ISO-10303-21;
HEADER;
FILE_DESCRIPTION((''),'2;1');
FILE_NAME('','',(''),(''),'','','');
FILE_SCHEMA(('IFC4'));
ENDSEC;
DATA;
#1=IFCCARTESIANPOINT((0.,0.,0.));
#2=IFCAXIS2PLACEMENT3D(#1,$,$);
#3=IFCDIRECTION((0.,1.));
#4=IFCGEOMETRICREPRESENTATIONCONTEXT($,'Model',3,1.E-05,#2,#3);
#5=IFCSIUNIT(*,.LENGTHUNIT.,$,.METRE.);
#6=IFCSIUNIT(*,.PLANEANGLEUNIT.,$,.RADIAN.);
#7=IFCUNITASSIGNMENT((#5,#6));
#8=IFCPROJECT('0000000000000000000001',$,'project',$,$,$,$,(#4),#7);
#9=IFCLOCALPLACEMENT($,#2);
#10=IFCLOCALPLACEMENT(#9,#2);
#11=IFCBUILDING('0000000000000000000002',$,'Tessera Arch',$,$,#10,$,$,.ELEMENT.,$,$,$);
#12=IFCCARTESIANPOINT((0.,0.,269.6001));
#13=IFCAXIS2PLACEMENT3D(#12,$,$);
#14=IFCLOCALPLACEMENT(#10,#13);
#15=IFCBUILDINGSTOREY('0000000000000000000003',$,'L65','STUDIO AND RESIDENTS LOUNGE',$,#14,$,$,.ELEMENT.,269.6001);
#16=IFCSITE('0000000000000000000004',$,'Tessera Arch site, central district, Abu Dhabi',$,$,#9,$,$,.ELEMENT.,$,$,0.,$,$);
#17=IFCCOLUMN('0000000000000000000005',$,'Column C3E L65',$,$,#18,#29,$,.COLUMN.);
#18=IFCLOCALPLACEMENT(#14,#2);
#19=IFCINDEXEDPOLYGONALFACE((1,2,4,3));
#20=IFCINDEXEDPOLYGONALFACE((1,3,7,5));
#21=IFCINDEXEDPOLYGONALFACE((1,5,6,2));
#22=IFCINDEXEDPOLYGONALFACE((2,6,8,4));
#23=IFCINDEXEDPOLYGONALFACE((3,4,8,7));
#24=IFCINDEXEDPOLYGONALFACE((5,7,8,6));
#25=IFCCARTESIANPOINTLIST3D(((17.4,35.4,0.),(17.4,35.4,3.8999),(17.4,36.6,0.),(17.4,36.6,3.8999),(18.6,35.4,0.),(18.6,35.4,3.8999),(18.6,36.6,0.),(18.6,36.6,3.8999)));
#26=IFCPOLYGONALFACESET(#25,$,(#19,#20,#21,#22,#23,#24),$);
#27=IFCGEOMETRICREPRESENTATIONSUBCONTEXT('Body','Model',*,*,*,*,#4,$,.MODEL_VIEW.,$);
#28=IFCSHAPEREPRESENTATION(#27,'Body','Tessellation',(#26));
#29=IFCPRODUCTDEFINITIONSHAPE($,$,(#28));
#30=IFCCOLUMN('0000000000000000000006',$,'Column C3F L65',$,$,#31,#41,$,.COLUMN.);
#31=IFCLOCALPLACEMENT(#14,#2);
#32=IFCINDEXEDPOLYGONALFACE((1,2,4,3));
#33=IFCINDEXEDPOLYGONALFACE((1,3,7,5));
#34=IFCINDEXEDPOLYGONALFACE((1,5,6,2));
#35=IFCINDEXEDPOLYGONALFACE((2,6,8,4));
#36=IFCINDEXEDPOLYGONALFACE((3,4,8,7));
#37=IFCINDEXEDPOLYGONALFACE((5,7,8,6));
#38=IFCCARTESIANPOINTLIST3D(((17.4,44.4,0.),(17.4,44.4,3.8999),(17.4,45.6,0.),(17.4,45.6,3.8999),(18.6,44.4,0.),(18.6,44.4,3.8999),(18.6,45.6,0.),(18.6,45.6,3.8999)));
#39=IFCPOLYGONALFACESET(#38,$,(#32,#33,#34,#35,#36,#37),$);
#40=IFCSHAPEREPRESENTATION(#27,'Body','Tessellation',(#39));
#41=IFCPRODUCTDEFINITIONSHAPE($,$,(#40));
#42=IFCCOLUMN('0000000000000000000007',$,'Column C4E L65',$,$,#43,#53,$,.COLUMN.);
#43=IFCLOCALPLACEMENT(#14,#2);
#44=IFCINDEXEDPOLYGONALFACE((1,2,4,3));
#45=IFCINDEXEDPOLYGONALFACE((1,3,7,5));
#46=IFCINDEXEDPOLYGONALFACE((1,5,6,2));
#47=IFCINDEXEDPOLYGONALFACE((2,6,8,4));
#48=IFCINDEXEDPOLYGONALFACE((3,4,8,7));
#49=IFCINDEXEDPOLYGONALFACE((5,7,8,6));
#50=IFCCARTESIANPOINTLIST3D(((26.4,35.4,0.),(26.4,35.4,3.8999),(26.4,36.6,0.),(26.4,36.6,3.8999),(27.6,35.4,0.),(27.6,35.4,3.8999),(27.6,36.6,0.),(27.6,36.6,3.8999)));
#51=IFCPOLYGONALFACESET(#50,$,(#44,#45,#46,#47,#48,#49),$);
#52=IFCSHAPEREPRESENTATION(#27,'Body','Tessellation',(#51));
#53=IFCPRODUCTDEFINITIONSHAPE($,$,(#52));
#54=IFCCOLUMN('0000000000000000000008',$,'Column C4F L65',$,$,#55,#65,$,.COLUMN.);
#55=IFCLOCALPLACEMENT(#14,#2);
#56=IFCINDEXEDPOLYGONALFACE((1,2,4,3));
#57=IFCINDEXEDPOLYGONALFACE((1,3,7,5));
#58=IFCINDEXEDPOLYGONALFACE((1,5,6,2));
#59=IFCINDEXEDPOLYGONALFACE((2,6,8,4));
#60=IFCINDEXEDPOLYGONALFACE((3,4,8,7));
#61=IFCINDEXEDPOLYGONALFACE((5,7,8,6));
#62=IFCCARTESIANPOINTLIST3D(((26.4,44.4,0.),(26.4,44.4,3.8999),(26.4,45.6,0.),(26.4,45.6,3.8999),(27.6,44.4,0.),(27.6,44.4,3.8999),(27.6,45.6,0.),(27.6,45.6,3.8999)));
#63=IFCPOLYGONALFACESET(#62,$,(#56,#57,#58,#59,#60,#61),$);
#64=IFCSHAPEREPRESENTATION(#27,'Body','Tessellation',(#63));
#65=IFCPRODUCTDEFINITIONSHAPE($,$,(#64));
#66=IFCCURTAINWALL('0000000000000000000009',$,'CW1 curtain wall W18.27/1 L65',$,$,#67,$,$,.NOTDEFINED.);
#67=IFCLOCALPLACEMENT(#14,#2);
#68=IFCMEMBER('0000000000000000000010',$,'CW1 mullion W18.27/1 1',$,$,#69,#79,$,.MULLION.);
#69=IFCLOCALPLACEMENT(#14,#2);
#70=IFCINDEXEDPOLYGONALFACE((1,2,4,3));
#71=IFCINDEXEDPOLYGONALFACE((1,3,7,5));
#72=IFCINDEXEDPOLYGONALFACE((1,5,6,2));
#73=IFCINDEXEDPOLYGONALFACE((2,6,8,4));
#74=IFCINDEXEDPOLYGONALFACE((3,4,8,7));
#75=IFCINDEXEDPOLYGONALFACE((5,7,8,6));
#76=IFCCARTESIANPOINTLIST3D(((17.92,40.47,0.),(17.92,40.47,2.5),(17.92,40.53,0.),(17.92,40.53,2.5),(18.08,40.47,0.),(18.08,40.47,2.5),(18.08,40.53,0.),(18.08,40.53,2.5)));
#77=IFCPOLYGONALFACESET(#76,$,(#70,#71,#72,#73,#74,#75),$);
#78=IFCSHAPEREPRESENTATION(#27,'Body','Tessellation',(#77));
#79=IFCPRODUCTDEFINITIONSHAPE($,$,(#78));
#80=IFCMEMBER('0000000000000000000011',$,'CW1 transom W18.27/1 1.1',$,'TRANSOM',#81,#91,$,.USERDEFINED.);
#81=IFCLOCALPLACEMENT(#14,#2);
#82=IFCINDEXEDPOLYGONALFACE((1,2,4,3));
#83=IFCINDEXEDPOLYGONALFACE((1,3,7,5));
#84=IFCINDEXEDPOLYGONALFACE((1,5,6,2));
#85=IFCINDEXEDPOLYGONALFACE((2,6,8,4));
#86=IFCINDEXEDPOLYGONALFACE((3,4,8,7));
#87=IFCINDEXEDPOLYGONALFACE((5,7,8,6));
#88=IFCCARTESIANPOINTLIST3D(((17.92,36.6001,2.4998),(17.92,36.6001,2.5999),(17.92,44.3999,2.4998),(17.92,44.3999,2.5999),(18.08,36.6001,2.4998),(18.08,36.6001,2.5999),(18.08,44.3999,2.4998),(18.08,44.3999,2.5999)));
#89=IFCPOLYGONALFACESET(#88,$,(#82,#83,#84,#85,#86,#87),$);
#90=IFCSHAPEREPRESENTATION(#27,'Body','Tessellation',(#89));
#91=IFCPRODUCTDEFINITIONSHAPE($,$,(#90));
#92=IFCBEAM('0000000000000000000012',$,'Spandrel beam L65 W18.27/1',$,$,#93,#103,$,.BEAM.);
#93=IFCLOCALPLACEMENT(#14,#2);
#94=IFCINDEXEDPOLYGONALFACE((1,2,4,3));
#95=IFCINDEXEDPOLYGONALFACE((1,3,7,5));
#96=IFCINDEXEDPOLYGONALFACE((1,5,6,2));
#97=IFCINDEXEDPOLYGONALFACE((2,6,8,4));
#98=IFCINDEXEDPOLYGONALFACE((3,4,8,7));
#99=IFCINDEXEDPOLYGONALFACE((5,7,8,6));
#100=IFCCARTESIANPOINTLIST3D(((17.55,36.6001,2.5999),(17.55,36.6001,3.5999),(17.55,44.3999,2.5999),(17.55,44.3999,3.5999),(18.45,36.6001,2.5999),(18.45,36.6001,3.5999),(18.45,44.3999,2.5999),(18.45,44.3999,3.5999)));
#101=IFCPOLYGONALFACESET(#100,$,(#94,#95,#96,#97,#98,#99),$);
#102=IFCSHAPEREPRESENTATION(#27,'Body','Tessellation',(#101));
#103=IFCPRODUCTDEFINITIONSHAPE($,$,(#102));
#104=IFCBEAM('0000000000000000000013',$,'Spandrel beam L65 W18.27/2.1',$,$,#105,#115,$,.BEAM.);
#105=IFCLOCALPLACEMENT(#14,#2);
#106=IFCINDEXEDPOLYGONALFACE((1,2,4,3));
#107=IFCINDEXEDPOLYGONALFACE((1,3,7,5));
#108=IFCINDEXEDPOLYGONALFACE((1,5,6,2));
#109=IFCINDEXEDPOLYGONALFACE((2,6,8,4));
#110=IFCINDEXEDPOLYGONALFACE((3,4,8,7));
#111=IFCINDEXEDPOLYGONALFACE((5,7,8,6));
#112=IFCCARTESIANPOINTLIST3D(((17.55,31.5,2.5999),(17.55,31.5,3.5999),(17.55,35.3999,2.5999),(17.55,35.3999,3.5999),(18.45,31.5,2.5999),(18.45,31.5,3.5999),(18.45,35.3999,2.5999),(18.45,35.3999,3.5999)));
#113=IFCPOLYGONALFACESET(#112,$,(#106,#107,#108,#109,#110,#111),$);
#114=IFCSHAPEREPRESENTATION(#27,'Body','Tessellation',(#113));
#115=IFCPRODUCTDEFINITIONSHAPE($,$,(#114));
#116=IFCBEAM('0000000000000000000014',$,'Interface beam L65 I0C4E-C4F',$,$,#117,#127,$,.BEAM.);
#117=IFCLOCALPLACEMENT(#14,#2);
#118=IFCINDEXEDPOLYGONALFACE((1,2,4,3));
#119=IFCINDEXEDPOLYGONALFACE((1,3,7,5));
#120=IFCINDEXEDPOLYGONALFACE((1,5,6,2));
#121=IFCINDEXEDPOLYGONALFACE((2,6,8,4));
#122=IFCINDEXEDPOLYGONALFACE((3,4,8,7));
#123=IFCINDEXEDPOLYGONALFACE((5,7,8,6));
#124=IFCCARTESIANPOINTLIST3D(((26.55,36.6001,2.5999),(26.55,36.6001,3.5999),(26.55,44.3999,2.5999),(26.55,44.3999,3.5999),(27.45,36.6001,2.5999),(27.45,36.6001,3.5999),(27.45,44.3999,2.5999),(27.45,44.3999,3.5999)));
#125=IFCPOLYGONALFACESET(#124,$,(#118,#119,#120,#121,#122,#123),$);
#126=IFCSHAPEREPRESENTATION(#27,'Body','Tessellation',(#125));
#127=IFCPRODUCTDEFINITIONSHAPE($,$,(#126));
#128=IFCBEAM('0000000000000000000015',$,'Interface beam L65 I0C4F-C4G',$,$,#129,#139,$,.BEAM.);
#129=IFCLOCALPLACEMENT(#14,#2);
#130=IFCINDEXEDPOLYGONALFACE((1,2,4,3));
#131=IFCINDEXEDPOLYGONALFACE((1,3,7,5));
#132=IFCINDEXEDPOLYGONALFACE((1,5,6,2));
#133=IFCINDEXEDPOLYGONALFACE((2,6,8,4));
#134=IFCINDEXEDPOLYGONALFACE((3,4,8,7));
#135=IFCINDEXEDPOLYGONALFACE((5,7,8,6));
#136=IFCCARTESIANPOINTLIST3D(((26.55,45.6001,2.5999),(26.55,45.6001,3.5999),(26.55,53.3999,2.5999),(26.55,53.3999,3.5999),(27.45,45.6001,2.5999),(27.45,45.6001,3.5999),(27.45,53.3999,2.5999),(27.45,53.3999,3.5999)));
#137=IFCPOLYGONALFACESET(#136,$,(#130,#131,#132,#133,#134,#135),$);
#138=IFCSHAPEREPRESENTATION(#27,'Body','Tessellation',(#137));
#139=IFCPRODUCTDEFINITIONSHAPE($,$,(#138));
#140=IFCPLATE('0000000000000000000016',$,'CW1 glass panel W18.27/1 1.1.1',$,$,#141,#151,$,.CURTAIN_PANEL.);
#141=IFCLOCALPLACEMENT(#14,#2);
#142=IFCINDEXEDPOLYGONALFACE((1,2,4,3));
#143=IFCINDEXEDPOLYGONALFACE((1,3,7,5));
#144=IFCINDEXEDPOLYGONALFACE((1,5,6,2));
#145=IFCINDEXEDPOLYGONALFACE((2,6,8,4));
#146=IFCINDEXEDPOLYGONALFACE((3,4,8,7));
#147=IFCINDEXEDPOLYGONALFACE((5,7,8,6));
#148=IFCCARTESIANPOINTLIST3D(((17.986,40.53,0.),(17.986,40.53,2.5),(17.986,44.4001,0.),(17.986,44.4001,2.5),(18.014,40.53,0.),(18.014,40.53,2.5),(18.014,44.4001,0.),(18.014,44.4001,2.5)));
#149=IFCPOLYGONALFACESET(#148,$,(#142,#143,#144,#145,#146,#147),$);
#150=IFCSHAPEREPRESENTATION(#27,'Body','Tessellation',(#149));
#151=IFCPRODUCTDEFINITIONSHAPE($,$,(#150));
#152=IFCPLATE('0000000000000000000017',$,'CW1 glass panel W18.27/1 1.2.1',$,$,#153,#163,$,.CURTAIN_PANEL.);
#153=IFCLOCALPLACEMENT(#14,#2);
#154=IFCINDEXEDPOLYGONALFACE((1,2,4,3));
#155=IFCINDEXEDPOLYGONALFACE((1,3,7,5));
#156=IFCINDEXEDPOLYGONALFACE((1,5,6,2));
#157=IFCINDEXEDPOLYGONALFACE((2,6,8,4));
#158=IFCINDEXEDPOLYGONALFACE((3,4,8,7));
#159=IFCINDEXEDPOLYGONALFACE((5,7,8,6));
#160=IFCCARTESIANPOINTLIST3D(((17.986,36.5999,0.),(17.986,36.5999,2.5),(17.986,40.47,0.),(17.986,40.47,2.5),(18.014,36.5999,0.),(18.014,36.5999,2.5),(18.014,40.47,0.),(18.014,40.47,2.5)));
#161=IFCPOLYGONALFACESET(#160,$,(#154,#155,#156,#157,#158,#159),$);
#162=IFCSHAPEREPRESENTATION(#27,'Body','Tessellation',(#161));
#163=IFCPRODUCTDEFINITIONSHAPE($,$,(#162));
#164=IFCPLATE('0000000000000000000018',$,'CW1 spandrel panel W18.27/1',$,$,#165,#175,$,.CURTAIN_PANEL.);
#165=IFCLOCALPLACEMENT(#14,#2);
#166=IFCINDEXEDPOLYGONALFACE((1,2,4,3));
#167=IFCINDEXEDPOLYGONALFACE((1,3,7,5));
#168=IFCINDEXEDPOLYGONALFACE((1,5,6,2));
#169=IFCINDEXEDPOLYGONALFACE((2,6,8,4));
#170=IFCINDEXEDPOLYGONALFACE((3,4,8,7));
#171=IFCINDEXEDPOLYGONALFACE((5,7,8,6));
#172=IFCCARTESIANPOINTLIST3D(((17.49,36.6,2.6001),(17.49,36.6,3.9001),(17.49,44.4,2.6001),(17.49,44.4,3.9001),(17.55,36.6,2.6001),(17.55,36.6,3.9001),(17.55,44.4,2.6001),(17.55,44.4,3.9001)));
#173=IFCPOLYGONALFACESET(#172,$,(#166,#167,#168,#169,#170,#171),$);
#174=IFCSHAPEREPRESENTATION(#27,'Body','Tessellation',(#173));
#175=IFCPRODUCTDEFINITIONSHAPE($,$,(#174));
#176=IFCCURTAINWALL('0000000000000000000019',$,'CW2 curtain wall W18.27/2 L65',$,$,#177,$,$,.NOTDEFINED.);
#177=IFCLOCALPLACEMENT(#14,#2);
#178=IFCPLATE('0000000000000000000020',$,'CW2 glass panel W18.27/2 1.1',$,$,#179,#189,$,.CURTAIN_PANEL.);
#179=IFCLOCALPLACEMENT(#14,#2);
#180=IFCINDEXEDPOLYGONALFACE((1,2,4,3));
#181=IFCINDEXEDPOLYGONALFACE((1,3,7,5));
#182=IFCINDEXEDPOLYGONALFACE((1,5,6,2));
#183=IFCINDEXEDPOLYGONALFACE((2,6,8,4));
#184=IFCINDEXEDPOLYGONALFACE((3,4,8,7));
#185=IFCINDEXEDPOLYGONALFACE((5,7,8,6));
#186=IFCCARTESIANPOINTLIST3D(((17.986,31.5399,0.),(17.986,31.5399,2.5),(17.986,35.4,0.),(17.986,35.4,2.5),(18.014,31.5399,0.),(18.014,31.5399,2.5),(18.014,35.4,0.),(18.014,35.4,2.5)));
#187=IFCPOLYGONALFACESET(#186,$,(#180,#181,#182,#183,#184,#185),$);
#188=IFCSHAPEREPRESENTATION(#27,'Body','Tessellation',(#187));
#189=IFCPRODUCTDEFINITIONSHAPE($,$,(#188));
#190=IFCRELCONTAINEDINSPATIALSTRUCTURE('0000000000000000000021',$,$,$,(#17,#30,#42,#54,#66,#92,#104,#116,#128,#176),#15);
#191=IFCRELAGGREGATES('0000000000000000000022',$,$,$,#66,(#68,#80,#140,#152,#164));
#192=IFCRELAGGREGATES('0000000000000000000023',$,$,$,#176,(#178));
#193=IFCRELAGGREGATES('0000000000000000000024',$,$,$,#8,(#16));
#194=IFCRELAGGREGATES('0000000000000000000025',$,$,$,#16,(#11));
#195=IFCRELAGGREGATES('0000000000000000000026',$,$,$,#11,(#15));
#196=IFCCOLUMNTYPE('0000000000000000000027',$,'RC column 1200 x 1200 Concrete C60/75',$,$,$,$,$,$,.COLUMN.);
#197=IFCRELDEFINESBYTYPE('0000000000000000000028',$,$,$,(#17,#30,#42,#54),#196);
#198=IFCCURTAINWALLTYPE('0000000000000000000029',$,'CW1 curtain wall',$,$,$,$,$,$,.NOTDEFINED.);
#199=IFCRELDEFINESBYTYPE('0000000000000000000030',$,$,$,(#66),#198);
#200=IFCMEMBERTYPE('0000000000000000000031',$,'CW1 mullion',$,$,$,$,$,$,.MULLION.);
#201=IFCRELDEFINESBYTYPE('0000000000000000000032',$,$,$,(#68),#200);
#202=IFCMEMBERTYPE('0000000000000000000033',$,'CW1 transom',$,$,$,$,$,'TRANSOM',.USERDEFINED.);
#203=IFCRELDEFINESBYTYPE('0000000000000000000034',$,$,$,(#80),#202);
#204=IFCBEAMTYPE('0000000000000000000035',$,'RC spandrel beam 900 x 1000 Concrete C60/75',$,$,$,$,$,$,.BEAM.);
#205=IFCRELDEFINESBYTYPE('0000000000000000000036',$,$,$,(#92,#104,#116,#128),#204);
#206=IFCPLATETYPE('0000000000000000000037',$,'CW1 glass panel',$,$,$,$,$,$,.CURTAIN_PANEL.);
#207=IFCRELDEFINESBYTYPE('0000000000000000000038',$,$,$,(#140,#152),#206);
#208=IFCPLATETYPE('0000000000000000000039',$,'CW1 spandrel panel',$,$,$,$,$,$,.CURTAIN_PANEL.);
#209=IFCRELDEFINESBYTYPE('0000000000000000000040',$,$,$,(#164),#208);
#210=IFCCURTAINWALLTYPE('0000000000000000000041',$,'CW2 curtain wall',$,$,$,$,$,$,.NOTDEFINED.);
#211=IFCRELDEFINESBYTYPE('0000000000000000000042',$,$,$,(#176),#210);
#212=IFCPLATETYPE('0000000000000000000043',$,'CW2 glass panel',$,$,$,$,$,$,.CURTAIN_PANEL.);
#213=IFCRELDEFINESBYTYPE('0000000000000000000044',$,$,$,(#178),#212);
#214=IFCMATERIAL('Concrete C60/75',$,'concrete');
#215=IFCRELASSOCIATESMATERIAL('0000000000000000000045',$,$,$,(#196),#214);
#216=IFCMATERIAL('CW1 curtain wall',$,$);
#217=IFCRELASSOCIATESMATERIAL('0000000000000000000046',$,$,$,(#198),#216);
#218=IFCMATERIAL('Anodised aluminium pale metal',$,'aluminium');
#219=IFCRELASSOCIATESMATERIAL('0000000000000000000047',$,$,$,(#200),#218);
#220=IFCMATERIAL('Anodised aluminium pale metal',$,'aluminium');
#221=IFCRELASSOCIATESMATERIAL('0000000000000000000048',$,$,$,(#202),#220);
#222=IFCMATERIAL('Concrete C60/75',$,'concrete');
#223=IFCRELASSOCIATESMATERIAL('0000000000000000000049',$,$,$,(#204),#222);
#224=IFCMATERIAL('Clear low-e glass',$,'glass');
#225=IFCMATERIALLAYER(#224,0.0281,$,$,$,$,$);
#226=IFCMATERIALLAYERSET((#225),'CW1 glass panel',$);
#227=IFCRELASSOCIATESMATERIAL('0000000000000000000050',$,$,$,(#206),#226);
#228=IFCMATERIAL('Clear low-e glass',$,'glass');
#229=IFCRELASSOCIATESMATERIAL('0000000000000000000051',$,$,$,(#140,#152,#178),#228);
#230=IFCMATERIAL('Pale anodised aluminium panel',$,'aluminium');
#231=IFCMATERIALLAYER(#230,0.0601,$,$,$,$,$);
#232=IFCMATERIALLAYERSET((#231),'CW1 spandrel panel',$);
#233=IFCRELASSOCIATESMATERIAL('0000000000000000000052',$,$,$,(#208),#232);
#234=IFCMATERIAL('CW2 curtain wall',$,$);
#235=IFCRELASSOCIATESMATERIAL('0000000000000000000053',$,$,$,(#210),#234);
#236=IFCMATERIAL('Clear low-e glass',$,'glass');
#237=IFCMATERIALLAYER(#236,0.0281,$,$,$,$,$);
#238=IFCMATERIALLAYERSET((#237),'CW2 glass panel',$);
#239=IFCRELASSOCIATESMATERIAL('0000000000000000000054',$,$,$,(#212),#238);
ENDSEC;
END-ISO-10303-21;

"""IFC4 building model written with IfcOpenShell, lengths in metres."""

from ifc_helpers import new_model, si_unit, direction, frame, origin, origin_2d, place, context, subcontext, project, spatial, rectangle, extrude, material, layer, layer_set, material_profile, profile_set, type_object, element, aggregate, save


model = new_model("IFC4")

# Units and contexts
model_context = context("Model", 3, precision=1e-05, world=origin(), true_north=direction((0.0, 1.0)))
body_context = subcontext(model_context, "Body", "Model", "MODEL_VIEW")
ifc_project = project(units=[si_unit("LENGTHUNIT", "METRE"), si_unit("PLANEANGLEUNIT", "RADIAN")], contexts=[model_context])

# Site, building, storey
site_placement = place(None, origin())
site = spatial("IfcSite", under=ifc_project, at=site_placement, Name="Tessera Arch site, central district, Abu Dhabi", CompositionType="ELEMENT", RefElevation=0.0)
building_placement = place(site_placement, origin())
building = spatial("IfcBuilding", under=site, at=building_placement, Name="Tessera Arch", CompositionType="ELEMENT")
storey_placement = place(building_placement, frame((0.0, 0.0, 269.6001)))
storey = spatial("IfcBuildingStorey", under=building, at=storey_placement, Name="L65", Description="STUDIO AND RESIDENTS LOUNGE", CompositionType="ELEMENT", Elevation=269.6001)

# Columns
ifc_material_1 = material(Name="Concrete C60/75", Category="concrete")
ifc_material_profile_1 = material_profile(ifc_material_1, rectangle(XDim=1.2, YDim=1.2, at=origin_2d()), Name="RC column 1200 x 1200 Concrete C60/75")
ifc_profile_set_1 = profile_set([ifc_material_profile_1], Name="Concrete C60/75")
column_type = type_object("IfcColumnType", Name="RC column 1200 x 1200 Concrete C60/75", PredefinedType="COLUMN", material=ifc_profile_set_1)
for number, where, z_axis, x_axis, name in (
    (1, (18.0, 36.0, 0.0), (0.0, 0.0, 1.0), (1.0, 0.0, 0.0), "Column C3E L65"),
    (2, (18.0, 45.0, 0.0), (0.0, 0.0, 1.0), (1.0, 0.0, 0.0), "Column C3F L65"),
    (3, (27.0, 36.0, 0.0), (0.0, 0.0, 1.0), (1.0, 0.0, 0.0), "Column C4E L65"),
    (4, (27.0, 45.0, 0.0), (0.0, 0.0, 1.0), (1.0, 0.0, 0.0), "Column C4F L65"),
):
    element("IfcColumn", number, at=place(storey_placement, frame(where, z_axis=z_axis, x_axis=x_axis)), inside=storey, type_object=column_type, Name=name, PredefinedType="COLUMN", context=body_context, shape_type="SweptSolid", body=[
        extrude(rectangle(XDim=1.2, YDim=1.2, at=origin_2d()), origin(), (0.0, 0.0, 1.0), 3.8999),
    ])

# Curtain wall, members
ifc_material_2 = material(Name="CW1 curtain wall")
curtain_wall_type_1 = type_object("IfcCurtainWallType", Name="CW1 curtain wall", PredefinedType="NOTDEFINED", material=ifc_material_2)
curtain_wall_1_placement = place(storey_placement, origin())
curtain_wall_1 = element("IfcCurtainWall", 5, at=curtain_wall_1_placement, inside=storey, type_object=curtain_wall_type_1, Name="CW1 curtain wall W18.27/1 L65", PredefinedType="NOTDEFINED")
ifc_material_3 = material(Name="Anodised aluminium pale metal", Category="aluminium")
ifc_material_profile_2 = material_profile(ifc_material_3, rectangle(XDim=0.1599, YDim=0.0601, at=origin_2d()), Name="AL 60x160")
ifc_profile_set_2 = profile_set([ifc_material_profile_2], Name="Anodised aluminium pale metal")
member_type_1 = type_object("IfcMemberType", Name="CW1 mullion", PredefinedType="MULLION", material=ifc_profile_set_2)
member_1_placement = place(storey_placement, frame((18.0, 40.5, 0.0), z_axis=(0.0, 0.0, 1.0), x_axis=(1.0, 0.0, 0.0)))
member_1 = element("IfcMember", 6, at=member_1_placement, type_object=member_type_1, Name="CW1 mullion W18.27/1 1", PredefinedType="MULLION", context=body_context, shape_type="SweptSolid", body=[
    extrude(rectangle(XDim=0.1599, YDim=0.0601, at=origin_2d()), origin(), (0.0, 0.0, 1.0), 2.5),
])
ifc_material_4 = material(Name="Anodised aluminium pale metal", Category="aluminium")
ifc_material_profile_3 = material_profile(ifc_material_4, rectangle(XDim=0.1599, YDim=0.1001, at=origin_2d()), Name="AL 160x100")
ifc_profile_set_3 = profile_set([ifc_material_profile_3], Name="Anodised aluminium pale metal")
member_type_2 = type_object("IfcMemberType", Name="CW1 transom", ElementType="TRANSOM", PredefinedType="USERDEFINED", material=ifc_profile_set_3)
member_2_placement = place(storey_placement, frame((18.0, 44.3999, 2.5498), z_axis=(0.0, -1.0, 0.0), x_axis=(1.0, 0.0, 0.0)))
member_2 = element("IfcMember", 7, at=member_2_placement, type_object=member_type_2, Name="CW1 transom W18.27/1 1.1", ObjectType="TRANSOM", PredefinedType="USERDEFINED", context=body_context, shape_type="SweptSolid", body=[
    extrude(rectangle(XDim=0.1599, YDim=0.1001, at=origin_2d()), origin(), (0.0, 0.0, 1.0), 7.7998),
])

# Beams
ifc_material_5 = material(Name="Concrete C60/75", Category="concrete")
ifc_material_profile_4 = material_profile(ifc_material_5, rectangle(XDim=0.8999, YDim=1.0, at=origin_2d()), Name="RC spandrel beam 900 x 1000 Concrete C60/75")
ifc_profile_set_4 = profile_set([ifc_material_profile_4], Name="Concrete C60/75")
beam_type = type_object("IfcBeamType", Name="RC spandrel beam 900 x 1000 Concrete C60/75", PredefinedType="BEAM", material=ifc_profile_set_4)
beam_1_placement = place(storey_placement, frame((18.0, 44.3999, 3.0999), z_axis=(0.0, -1.0, 0.0), x_axis=(1.0, 0.0, 0.0)))
element("IfcBeam", 8, at=beam_1_placement, inside=storey, type_object=beam_type, Name="Spandrel beam L65 W18.27/1", PredefinedType="BEAM", context=body_context, shape_type="SweptSolid", body=[
    extrude(rectangle(XDim=0.8999, YDim=1.0, at=origin_2d()), origin(), (0.0, 0.0, 1.0), 7.7998),
])
beam_2_placement = place(storey_placement, frame((18.0, 35.3999, 3.0999), z_axis=(0.0, -1.0, 0.0), x_axis=(1.0, 0.0, 0.0)))
element("IfcBeam", 9, at=beam_2_placement, inside=storey, type_object=beam_type, Name="Spandrel beam L65 W18.27/2.1", PredefinedType="BEAM", context=body_context, shape_type="SweptSolid", body=[
    extrude(rectangle(XDim=0.8999, YDim=1.0, at=origin_2d()), origin(), (0.0, 0.0, 1.0), 3.8999),
])
for number, where, z_axis, x_axis, name in (
    (10, (27.0, 36.6001, 3.0999), (0.0, 1.0, 0.0), (-1.0, 0.0, 0.0), "Interface beam L65 I0C4E-C4F"),
    (11, (27.0, 45.6001, 3.0999), (0.0, 1.0, 0.0), (-1.0, 0.0, 0.0), "Interface beam L65 I0C4F-C4G"),
):
    element("IfcBeam", number, at=place(storey_placement, frame(where, z_axis=z_axis, x_axis=x_axis)), inside=storey, type_object=beam_type, Name=name, PredefinedType="BEAM", context=body_context, shape_type="SweptSolid", body=[
        extrude(rectangle(XDim=0.8999, YDim=1.0, at=origin_2d()), origin(), (0.0, 0.0, 1.0), 7.7998),
    ])

# Plates
ifc_material_6 = material(Name="Clear low-e glass", Category="glass")
ifc_material_7 = material(Name="Clear low-e glass", Category="glass")
ifc_layer_1 = layer(ifc_material_7, 0.0281)
ifc_layer_set_1 = layer_set([ifc_layer_1], Name="CW1 glass panel")
plate_type_1 = type_object("IfcPlateType", Name="CW1 glass panel", PredefinedType="CURTAIN_PANEL", material=ifc_layer_set_1)
plate_1_placement = place(storey_placement, frame((18.0, 42.4651, 0.0), z_axis=(0.0, 0.0, 1.0), x_axis=(0.0, -1.0, 0.0)))
plate_1 = element("IfcPlate", 12, at=plate_1_placement, type_object=plate_type_1, material=ifc_material_6, Name="CW1 glass panel W18.27/1 1.1.1", PredefinedType="CURTAIN_PANEL", context=body_context, shape_type="SweptSolid", body=[
    extrude(rectangle(XDim=3.8701, YDim=0.0281, at=origin_2d()), origin(), (0.0, 0.0, 1.0), 2.5),
])
plate_2_placement = place(storey_placement, frame((18.0, 38.5349, 0.0), z_axis=(0.0, 0.0, 1.0), x_axis=(0.0, -1.0, 0.0)))
plate_2 = element("IfcPlate", 13, at=plate_2_placement, type_object=plate_type_1, material=ifc_material_6, Name="CW1 glass panel W18.27/1 1.2.1", PredefinedType="CURTAIN_PANEL", context=body_context, shape_type="SweptSolid", body=[
    extrude(rectangle(XDim=3.8701, YDim=0.0281, at=origin_2d()), origin(), (0.0, 0.0, 1.0), 2.5),
])
ifc_material_8 = material(Name="Pale anodised aluminium panel", Category="aluminium")
ifc_layer_2 = layer(ifc_material_8, 0.0601)
ifc_layer_set_2 = layer_set([ifc_layer_2], Name="CW1 spandrel panel")
plate_type_2 = type_object("IfcPlateType", Name="CW1 spandrel panel", PredefinedType="CURTAIN_PANEL", material=ifc_layer_set_2)
plate_3_placement = place(storey_placement, frame((17.52, 40.5, 2.6001), z_axis=(0.0, 0.0, 1.0), x_axis=(0.0, -1.0, 0.0)))
plate_3 = element("IfcPlate", 14, at=plate_3_placement, type_object=plate_type_2, Name="CW1 spandrel panel W18.27/1", PredefinedType="CURTAIN_PANEL", context=body_context, shape_type="SweptSolid", body=[
    extrude(rectangle(XDim=7.8, YDim=0.0601, at=origin_2d()), origin(), (0.0, 0.0, 1.0), 1.3),
])
aggregate(curtain_wall_1, [member_1, member_2, plate_1, plate_2, plate_3])

# Curtain wall, plate
ifc_material_9 = material(Name="CW2 curtain wall")
curtain_wall_type_2 = type_object("IfcCurtainWallType", Name="CW2 curtain wall", PredefinedType="NOTDEFINED", material=ifc_material_9)
curtain_wall_2_placement = place(storey_placement, origin())
curtain_wall_2 = element("IfcCurtainWall", 15, at=curtain_wall_2_placement, inside=storey, type_object=curtain_wall_type_2, Name="CW2 curtain wall W18.27/2 L65", PredefinedType="NOTDEFINED")
ifc_material_10 = material(Name="Clear low-e glass", Category="glass")
ifc_layer_3 = layer(ifc_material_10, 0.0281)
ifc_layer_set_3 = layer_set([ifc_layer_3], Name="CW2 glass panel")
plate_type_3 = type_object("IfcPlateType", Name="CW2 glass panel", PredefinedType="CURTAIN_PANEL", material=ifc_layer_set_3)
plate_4_placement = place(storey_placement, frame((18.0, 33.47, 0.0), z_axis=(0.0, 0.0, 1.0), x_axis=(0.0, -1.0, 0.0)))
plate_4 = element("IfcPlate", 16, at=plate_4_placement, type_object=plate_type_3, material=ifc_material_6, Name="CW2 glass panel W18.27/2 1.1", PredefinedType="CURTAIN_PANEL", context=body_context, shape_type="SweptSolid", body=[
    extrude(rectangle(XDim=3.8601, YDim=0.0281, at=origin_2d()), origin(), (0.0, 0.0, 1.0), 2.5),
])
aggregate(curtain_wall_2, [plate_4])

save(model, "model.ifc")
